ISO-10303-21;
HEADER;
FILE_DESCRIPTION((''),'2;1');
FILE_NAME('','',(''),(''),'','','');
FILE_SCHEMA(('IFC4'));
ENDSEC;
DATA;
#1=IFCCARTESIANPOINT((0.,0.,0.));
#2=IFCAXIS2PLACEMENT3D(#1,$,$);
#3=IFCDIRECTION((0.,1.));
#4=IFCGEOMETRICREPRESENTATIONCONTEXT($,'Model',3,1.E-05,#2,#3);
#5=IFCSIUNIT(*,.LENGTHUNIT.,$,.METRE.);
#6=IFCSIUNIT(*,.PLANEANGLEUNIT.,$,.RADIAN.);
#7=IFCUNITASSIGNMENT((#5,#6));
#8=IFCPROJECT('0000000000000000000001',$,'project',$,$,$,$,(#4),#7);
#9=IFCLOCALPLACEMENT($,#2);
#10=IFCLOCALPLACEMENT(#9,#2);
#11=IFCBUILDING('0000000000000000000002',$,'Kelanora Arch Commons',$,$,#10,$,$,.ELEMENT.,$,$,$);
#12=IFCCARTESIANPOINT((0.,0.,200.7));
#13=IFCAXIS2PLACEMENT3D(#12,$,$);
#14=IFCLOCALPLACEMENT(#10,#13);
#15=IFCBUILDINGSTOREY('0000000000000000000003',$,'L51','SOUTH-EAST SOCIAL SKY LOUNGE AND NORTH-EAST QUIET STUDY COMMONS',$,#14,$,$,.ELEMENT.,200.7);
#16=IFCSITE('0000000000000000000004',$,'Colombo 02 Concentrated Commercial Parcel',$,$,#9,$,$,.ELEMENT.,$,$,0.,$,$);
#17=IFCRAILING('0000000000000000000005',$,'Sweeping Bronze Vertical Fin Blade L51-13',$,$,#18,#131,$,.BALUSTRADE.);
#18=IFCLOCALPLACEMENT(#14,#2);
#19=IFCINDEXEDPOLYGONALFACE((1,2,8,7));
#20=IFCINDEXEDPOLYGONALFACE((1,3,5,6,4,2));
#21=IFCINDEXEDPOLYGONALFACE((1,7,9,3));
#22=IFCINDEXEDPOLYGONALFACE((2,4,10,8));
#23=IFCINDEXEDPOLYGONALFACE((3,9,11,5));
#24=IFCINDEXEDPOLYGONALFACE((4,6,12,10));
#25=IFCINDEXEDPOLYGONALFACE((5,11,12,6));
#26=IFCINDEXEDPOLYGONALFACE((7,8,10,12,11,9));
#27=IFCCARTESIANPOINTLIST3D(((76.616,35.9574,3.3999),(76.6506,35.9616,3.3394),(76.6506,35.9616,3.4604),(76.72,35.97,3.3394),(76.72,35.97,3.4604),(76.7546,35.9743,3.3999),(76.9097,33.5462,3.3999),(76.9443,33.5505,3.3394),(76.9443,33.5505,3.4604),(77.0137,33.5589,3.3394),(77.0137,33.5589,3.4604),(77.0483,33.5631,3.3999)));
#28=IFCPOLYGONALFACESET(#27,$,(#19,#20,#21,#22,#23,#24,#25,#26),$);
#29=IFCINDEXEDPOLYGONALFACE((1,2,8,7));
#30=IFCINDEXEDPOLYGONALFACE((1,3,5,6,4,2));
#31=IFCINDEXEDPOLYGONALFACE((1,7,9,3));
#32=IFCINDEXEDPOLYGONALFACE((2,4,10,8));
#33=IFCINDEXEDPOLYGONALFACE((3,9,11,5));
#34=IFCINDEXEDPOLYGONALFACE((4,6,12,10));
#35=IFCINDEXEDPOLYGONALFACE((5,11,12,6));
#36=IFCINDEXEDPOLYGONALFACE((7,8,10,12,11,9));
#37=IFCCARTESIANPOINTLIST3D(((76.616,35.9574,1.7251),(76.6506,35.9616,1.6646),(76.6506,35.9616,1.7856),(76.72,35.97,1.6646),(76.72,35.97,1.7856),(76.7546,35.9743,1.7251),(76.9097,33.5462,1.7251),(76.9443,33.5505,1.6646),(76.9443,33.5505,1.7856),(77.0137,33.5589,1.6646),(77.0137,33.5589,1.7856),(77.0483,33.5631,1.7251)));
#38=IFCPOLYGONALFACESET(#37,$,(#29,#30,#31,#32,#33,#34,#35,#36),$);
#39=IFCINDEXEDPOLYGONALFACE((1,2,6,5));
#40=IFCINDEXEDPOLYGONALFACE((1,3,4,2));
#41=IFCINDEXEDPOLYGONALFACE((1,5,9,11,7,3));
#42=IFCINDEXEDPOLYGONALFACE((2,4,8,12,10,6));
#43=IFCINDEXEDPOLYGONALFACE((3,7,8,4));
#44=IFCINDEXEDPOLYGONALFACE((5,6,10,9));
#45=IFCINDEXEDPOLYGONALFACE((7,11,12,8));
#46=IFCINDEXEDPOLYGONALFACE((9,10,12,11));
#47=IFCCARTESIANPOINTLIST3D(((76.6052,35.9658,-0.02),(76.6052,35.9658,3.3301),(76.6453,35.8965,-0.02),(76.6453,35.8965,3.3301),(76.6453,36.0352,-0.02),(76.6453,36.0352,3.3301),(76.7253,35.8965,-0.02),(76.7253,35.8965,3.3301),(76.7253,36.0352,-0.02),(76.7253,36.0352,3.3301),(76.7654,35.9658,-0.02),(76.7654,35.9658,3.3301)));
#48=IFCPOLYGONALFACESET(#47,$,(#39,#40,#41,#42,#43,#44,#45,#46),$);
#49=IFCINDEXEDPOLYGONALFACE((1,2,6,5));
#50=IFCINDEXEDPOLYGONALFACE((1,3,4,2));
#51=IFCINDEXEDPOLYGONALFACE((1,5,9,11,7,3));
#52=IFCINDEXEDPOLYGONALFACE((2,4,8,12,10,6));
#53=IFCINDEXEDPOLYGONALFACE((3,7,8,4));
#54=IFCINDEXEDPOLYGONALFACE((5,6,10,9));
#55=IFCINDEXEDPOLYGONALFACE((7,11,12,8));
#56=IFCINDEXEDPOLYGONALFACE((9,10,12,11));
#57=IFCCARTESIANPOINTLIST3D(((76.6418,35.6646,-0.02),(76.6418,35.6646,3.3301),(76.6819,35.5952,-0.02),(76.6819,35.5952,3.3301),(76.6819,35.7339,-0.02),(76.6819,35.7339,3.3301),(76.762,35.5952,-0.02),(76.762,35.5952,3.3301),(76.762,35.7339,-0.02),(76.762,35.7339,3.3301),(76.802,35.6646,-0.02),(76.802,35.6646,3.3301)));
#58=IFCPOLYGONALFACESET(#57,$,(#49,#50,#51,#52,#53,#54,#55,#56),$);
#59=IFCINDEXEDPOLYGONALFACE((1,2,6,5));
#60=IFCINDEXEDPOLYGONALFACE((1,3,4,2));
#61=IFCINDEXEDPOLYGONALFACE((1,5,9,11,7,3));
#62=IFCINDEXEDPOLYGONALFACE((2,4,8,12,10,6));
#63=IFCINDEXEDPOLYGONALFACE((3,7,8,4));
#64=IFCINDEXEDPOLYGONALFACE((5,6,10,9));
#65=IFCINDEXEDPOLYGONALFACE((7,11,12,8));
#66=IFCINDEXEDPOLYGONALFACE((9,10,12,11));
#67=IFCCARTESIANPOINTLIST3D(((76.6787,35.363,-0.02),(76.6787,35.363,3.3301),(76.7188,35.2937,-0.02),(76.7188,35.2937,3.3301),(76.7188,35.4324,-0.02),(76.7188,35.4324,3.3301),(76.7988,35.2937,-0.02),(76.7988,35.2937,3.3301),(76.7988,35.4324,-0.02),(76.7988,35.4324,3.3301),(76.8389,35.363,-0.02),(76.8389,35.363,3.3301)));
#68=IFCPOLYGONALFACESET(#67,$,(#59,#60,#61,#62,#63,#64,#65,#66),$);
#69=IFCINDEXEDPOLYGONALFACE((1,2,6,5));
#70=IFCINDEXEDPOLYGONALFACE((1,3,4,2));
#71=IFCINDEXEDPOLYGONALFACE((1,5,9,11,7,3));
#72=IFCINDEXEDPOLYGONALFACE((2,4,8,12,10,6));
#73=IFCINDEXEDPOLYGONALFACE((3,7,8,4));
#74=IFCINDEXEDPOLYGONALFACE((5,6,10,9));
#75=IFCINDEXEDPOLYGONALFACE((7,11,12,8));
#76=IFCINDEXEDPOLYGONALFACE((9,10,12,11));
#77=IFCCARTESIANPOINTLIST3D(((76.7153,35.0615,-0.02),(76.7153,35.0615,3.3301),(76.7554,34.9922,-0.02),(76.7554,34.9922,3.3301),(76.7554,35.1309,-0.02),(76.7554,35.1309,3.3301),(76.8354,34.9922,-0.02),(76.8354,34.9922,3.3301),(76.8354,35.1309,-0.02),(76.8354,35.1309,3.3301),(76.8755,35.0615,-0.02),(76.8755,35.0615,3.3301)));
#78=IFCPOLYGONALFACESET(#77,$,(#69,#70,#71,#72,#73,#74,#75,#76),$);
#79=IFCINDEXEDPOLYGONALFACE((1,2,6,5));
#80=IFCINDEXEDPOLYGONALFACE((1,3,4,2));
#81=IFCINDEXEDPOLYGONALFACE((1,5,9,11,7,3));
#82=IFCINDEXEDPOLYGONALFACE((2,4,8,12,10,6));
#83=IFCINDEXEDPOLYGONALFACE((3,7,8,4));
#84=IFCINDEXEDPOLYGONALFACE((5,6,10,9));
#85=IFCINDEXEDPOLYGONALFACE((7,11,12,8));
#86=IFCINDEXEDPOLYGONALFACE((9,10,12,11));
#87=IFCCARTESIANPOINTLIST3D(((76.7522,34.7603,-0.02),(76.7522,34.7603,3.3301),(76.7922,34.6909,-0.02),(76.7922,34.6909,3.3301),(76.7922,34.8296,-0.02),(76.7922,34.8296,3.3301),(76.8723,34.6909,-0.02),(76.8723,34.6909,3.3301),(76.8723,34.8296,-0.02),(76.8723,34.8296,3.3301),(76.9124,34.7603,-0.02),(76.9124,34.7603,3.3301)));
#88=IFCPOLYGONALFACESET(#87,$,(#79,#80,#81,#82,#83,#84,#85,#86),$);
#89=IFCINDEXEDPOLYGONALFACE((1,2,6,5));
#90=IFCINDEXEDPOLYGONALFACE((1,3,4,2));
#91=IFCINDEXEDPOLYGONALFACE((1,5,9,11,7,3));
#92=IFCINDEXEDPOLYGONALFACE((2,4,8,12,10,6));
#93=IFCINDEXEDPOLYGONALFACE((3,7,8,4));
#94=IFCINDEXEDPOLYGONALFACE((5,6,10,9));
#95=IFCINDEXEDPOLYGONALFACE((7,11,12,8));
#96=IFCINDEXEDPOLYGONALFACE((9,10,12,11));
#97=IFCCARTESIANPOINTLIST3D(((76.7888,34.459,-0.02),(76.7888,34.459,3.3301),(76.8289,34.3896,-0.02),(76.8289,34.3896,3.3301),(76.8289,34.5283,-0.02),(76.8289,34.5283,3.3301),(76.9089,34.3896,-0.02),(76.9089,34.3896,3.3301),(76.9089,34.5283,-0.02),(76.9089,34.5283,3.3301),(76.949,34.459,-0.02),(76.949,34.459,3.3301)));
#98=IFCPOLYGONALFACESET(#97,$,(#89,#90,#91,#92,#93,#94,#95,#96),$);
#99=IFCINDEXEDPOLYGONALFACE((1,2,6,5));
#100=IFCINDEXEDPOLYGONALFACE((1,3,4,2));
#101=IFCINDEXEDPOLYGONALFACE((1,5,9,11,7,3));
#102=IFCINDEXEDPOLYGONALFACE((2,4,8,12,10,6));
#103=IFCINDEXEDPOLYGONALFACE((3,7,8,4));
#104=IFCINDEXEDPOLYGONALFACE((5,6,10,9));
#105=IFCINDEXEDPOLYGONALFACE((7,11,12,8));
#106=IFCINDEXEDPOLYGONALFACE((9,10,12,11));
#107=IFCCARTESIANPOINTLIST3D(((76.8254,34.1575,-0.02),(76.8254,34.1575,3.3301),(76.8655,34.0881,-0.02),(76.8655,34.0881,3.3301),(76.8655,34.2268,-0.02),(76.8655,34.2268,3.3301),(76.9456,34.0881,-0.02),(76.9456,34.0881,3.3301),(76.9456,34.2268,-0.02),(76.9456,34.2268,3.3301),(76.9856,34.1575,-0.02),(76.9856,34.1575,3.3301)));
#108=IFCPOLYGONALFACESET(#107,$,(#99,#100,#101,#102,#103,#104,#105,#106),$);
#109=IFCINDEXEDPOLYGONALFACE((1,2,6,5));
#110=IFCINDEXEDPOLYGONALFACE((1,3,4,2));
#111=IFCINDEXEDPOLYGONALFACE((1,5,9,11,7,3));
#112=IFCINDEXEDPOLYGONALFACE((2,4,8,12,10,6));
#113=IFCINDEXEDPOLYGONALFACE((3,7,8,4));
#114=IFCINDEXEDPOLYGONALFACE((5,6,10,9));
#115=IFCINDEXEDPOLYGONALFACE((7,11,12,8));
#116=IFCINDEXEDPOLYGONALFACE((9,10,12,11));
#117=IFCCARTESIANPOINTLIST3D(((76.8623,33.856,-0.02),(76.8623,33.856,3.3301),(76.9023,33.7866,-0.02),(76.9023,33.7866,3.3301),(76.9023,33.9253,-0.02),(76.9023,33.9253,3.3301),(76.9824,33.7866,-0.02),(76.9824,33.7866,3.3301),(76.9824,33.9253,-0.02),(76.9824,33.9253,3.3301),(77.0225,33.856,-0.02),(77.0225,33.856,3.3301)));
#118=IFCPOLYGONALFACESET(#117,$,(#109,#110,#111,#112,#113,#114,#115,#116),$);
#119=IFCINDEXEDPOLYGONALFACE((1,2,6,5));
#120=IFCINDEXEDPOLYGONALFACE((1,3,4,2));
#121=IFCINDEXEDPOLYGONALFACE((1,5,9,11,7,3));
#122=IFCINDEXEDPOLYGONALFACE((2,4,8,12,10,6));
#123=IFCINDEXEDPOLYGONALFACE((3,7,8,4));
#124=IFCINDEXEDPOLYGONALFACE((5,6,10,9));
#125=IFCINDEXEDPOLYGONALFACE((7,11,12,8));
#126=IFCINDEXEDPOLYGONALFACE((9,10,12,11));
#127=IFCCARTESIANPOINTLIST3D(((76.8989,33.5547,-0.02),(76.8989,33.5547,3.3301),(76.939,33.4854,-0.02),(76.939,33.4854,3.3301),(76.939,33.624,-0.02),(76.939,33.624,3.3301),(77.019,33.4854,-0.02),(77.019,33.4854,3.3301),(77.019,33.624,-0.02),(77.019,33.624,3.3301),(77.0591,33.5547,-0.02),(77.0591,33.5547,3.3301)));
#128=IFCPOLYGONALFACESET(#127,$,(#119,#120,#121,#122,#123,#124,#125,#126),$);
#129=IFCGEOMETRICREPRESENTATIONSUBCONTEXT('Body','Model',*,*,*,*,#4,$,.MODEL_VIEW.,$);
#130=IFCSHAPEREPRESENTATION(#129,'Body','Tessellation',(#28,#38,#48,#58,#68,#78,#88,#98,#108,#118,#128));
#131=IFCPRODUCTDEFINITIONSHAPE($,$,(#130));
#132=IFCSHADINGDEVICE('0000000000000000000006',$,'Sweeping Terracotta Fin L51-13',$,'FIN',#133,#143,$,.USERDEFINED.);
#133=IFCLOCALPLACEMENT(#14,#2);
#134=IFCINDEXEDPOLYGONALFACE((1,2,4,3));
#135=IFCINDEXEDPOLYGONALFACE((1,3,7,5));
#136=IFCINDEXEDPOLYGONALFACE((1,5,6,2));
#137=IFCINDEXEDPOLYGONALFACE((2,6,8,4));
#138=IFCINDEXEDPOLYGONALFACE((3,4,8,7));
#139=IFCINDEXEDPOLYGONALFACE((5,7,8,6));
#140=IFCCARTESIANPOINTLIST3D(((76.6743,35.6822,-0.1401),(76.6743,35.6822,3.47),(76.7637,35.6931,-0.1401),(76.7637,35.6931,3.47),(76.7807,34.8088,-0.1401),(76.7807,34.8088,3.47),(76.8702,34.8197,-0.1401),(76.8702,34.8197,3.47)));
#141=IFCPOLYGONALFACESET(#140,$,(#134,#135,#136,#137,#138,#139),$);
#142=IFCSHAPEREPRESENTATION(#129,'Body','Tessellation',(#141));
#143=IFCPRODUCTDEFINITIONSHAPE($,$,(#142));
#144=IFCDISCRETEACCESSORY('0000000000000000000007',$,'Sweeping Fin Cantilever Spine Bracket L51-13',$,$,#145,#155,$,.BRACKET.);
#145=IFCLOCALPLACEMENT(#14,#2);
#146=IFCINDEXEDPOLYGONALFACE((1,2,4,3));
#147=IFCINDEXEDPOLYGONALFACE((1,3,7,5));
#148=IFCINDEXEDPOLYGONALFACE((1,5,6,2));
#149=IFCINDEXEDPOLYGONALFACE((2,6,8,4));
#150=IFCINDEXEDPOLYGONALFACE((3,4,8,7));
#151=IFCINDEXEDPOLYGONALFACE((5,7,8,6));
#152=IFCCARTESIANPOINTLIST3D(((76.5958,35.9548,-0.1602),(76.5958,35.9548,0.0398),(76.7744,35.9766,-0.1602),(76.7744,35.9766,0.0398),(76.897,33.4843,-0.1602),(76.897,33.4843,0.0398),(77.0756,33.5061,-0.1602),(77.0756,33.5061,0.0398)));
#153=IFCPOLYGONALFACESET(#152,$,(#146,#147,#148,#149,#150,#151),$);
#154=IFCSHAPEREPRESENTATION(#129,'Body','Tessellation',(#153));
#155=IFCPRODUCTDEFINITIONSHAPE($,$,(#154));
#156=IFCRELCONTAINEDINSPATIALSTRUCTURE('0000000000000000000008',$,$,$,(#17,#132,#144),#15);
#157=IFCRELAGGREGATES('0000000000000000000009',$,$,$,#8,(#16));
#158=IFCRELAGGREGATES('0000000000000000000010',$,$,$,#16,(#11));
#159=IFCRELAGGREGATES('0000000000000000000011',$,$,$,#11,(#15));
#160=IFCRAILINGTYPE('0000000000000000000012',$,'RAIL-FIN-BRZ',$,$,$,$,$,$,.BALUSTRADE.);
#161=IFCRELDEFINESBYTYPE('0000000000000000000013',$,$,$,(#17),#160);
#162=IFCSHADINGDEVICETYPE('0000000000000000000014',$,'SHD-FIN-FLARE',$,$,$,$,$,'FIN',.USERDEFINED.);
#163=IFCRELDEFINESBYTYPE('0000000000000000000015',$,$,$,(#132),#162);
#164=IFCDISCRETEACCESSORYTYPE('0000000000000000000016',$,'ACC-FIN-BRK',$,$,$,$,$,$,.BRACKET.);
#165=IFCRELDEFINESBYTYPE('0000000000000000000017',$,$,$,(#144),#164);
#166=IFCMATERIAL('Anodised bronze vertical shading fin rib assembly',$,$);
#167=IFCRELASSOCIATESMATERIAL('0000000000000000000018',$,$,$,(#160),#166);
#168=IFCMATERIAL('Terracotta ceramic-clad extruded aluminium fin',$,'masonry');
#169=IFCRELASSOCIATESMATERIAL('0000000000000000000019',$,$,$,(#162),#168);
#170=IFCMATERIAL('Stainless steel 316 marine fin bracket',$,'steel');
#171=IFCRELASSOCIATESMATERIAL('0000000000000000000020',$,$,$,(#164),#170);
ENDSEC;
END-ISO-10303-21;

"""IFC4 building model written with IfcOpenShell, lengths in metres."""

from ifc_helpers import new_model, si_unit, direction, frame, origin, origin_2d, place, context, subcontext, project, spatial, polyline, rectangle, outline, extrude, source, transform, mapped, material, type_object, element, save


model = new_model("IFC4")

# Units and contexts
model_context = context("Model", 3, precision=1e-05, world=origin(), true_north=direction((0.0, 1.0)))
body_context = subcontext(model_context, "Body", "Model", "MODEL_VIEW")
ifc_project = project(units=[si_unit("LENGTHUNIT", "METRE"), si_unit("PLANEANGLEUNIT", "RADIAN")], contexts=[model_context])

# Site, building, storey
site_placement = place(None, origin())
site = spatial("IfcSite", under=ifc_project, at=site_placement, Name="Colombo 02 Concentrated Commercial Parcel", CompositionType="ELEMENT", RefElevation=0.0)
building_placement = place(site_placement, origin())
building = spatial("IfcBuilding", under=site, at=building_placement, Name="Kelanora Arch Commons", CompositionType="ELEMENT")
storey_placement = place(building_placement, frame((0.0, 0.0, 200.7)))
storey = spatial("IfcBuildingStorey", under=building, at=storey_placement, Name="L51", Description="SOUTH-EAST SOCIAL SKY LOUNGE AND NORTH-EAST QUIET STUDY COMMONS", CompositionType="ELEMENT", Elevation=200.7)

# Railing
ifc_material_1 = material(Name="Anodised bronze vertical shading fin rib assembly")
railing_type = type_object("IfcRailingType", Name="RAIL-FIN-BRZ", PredefinedType="BALUSTRADE", material=ifc_material_1)
railing_placement = place(storey_placement, frame((76.6853, 35.9658, -0.02)))
element("IfcRailing", 1, at=railing_placement, inside=storey, type_object=railing_type, Name="Sweeping Bronze Vertical Fin Blade L51-13", PredefinedType="BALUSTRADE", context=body_context, shape_type="SweptSolid", body=[
    extrude(outline(polyline([(0.0698, 0.0), (0.0349, 0.0605), (-0.0349, 0.0605), (-0.0698, 0.0), (-0.0349, -0.0605), (0.0349, -0.0605), (0.0698, 0.0)])), frame((0.0, 0.0, 3.4199), z_axis=(0.120917, -0.992663, 0.0), x_axis=(0.992663, 0.120917, 0.0)), (0.0, 0.0, 1.0), 2.429),
    extrude(outline(polyline([(0.0698, 0.0), (0.0349, 0.0605), (-0.0349, 0.0605), (-0.0698, 0.0), (-0.0349, -0.0605), (0.0349, -0.0605), (0.0698, 0.0)])), frame((0.0, 0.0, 1.7451), z_axis=(0.120917, -0.992663, 0.0), x_axis=(0.992663, 0.120917, 0.0)), (0.0, 0.0, 1.0), 2.429),
    extrude(outline(polyline([(0.0801, 0.0), (0.04, 0.0693), (-0.04, 0.0693), (-0.0801, 0.0), (-0.04, -0.0693), (0.04, -0.0693), (0.0801, 0.0)])), origin(), (0.0, 0.0, 1.0), 3.3501),
    extrude(outline(polyline([(0.0801, 0.0), (0.04, 0.0693), (-0.04, 0.0693), (-0.0801, 0.0), (-0.04, -0.0693), (0.04, -0.0693), (0.0801, 0.0)])), frame((0.0366, -0.3013, 0.0)), (0.0, 0.0, 1.0), 3.3501),
    extrude(outline(polyline([(0.0801, 0.0), (0.04, 0.0693), (-0.04, 0.0693), (-0.0801, 0.0), (-0.04, -0.0693), (0.04, -0.0693), (0.0801, 0.0)])), frame((0.0735, -0.6028, 0.0)), (0.0, 0.0, 1.0), 3.3501),
    extrude(outline(polyline([(0.0801, 0.0), (0.04, 0.0693), (-0.04, 0.0693), (-0.0801, 0.0), (-0.04, -0.0693), (0.04, -0.0693), (0.0801, 0.0)])), frame((0.1101, -0.9043, 0.0)), (0.0, 0.0, 1.0), 3.3501),
    extrude(outline(polyline([(0.0801, 0.0), (0.04, 0.0693), (-0.04, 0.0693), (-0.0801, 0.0), (-0.04, -0.0693), (0.04, -0.0693), (0.0801, 0.0)])), frame((0.147, -1.2056, 0.0)), (0.0, 0.0, 1.0), 3.3501),
    extrude(outline(polyline([(0.0801, 0.0), (0.04, 0.0693), (-0.04, 0.0693), (-0.0801, 0.0), (-0.04, -0.0693), (0.04, -0.0693), (0.0801, 0.0)])), frame((0.1836, -1.5068, 0.0)), (0.0, 0.0, 1.0), 3.3501),
    extrude(outline(polyline([(0.0801, 0.0), (0.04, 0.0693), (-0.04, 0.0693), (-0.0801, 0.0), (-0.04, -0.0693), (0.04, -0.0693), (0.0801, 0.0)])), frame((0.2202, -1.8083, 0.0)), (0.0, 0.0, 1.0), 3.3501),
    extrude(outline(polyline([(0.0801, 0.0), (0.04, 0.0693), (-0.04, 0.0693), (-0.0801, 0.0), (-0.04, -0.0693), (0.04, -0.0693), (0.0801, 0.0)])), frame((0.2571, -2.1099, 0.0)), (0.0, 0.0, 1.0), 3.3501),
    extrude(outline(polyline([(0.0801, 0.0), (0.04, 0.0693), (-0.04, 0.0693), (-0.0801, 0.0), (-0.04, -0.0693), (0.04, -0.0693), (0.0801, 0.0)])), frame((0.2937, -2.4111, 0.0)), (0.0, 0.0, 1.0), 3.3501),
])

# Shading device
ifc_material_2 = material(Name="Terracotta ceramic-clad extruded aluminium fin", Category="masonry")
shading_device_type = type_object("IfcShadingDeviceType", Name="SHD-FIN-FLARE", ElementType="FIN", PredefinedType="USERDEFINED", material=ifc_material_2)
shared_shape_1 = source(origin(), body_context, "Body", "SweptSolid", [
    extrude(rectangle(XDim=0.8799, YDim=0.0901, at=origin_2d()), origin(), (0.0, 0.0, 1.0), 3.6101),
])
shading_device_placement = place(storey_placement, frame((76.7722, 35.251, -0.1401), z_axis=(0.0, 0.0, 1.0), x_axis=(0.121003, -0.992652, 0.0)))
element("IfcShadingDevice", 2, at=shading_device_placement, inside=storey, type_object=shading_device_type, Name="Sweeping Terracotta Fin L51-13", ObjectType="FIN", PredefinedType="USERDEFINED", context=body_context, shape_type="MappedRepresentation", body=[
    mapped(shared_shape_1, transform((0.0, 0.0, 0.0), scale=1.0)),
])

# Discrete accessory
ifc_material_3 = material(Name="Stainless steel 316 marine fin bracket", Category="steel")
discrete_accessory_type = type_object("IfcDiscreteAccessoryType", Name="ACC-FIN-BRK", PredefinedType="BRACKET", material=ifc_material_3)
shared_shape_2 = source(origin(), body_context, "Body", "SweptSolid", [
    extrude(rectangle(XDim=2.4888, YDim=0.1799, at=origin_2d()), origin(), (0.0, 0.0, 1.0), 0.2),
])
discrete_accessory_placement = place(storey_placement, frame((76.8357, 34.7305, -0.1602), z_axis=(0.0, 0.0, 1.0), x_axis=(0.121003, -0.992652, 0.0)))
element("IfcDiscreteAccessory", 3, at=discrete_accessory_placement, inside=storey, type_object=discrete_accessory_type, Name="Sweeping Fin Cantilever Spine Bracket L51-13", PredefinedType="BRACKET", context=body_context, shape_type="MappedRepresentation", body=[
    mapped(shared_shape_2, transform((0.0, 0.0, 0.0), scale=1.0)),
])

save(model, "model.ifc")
